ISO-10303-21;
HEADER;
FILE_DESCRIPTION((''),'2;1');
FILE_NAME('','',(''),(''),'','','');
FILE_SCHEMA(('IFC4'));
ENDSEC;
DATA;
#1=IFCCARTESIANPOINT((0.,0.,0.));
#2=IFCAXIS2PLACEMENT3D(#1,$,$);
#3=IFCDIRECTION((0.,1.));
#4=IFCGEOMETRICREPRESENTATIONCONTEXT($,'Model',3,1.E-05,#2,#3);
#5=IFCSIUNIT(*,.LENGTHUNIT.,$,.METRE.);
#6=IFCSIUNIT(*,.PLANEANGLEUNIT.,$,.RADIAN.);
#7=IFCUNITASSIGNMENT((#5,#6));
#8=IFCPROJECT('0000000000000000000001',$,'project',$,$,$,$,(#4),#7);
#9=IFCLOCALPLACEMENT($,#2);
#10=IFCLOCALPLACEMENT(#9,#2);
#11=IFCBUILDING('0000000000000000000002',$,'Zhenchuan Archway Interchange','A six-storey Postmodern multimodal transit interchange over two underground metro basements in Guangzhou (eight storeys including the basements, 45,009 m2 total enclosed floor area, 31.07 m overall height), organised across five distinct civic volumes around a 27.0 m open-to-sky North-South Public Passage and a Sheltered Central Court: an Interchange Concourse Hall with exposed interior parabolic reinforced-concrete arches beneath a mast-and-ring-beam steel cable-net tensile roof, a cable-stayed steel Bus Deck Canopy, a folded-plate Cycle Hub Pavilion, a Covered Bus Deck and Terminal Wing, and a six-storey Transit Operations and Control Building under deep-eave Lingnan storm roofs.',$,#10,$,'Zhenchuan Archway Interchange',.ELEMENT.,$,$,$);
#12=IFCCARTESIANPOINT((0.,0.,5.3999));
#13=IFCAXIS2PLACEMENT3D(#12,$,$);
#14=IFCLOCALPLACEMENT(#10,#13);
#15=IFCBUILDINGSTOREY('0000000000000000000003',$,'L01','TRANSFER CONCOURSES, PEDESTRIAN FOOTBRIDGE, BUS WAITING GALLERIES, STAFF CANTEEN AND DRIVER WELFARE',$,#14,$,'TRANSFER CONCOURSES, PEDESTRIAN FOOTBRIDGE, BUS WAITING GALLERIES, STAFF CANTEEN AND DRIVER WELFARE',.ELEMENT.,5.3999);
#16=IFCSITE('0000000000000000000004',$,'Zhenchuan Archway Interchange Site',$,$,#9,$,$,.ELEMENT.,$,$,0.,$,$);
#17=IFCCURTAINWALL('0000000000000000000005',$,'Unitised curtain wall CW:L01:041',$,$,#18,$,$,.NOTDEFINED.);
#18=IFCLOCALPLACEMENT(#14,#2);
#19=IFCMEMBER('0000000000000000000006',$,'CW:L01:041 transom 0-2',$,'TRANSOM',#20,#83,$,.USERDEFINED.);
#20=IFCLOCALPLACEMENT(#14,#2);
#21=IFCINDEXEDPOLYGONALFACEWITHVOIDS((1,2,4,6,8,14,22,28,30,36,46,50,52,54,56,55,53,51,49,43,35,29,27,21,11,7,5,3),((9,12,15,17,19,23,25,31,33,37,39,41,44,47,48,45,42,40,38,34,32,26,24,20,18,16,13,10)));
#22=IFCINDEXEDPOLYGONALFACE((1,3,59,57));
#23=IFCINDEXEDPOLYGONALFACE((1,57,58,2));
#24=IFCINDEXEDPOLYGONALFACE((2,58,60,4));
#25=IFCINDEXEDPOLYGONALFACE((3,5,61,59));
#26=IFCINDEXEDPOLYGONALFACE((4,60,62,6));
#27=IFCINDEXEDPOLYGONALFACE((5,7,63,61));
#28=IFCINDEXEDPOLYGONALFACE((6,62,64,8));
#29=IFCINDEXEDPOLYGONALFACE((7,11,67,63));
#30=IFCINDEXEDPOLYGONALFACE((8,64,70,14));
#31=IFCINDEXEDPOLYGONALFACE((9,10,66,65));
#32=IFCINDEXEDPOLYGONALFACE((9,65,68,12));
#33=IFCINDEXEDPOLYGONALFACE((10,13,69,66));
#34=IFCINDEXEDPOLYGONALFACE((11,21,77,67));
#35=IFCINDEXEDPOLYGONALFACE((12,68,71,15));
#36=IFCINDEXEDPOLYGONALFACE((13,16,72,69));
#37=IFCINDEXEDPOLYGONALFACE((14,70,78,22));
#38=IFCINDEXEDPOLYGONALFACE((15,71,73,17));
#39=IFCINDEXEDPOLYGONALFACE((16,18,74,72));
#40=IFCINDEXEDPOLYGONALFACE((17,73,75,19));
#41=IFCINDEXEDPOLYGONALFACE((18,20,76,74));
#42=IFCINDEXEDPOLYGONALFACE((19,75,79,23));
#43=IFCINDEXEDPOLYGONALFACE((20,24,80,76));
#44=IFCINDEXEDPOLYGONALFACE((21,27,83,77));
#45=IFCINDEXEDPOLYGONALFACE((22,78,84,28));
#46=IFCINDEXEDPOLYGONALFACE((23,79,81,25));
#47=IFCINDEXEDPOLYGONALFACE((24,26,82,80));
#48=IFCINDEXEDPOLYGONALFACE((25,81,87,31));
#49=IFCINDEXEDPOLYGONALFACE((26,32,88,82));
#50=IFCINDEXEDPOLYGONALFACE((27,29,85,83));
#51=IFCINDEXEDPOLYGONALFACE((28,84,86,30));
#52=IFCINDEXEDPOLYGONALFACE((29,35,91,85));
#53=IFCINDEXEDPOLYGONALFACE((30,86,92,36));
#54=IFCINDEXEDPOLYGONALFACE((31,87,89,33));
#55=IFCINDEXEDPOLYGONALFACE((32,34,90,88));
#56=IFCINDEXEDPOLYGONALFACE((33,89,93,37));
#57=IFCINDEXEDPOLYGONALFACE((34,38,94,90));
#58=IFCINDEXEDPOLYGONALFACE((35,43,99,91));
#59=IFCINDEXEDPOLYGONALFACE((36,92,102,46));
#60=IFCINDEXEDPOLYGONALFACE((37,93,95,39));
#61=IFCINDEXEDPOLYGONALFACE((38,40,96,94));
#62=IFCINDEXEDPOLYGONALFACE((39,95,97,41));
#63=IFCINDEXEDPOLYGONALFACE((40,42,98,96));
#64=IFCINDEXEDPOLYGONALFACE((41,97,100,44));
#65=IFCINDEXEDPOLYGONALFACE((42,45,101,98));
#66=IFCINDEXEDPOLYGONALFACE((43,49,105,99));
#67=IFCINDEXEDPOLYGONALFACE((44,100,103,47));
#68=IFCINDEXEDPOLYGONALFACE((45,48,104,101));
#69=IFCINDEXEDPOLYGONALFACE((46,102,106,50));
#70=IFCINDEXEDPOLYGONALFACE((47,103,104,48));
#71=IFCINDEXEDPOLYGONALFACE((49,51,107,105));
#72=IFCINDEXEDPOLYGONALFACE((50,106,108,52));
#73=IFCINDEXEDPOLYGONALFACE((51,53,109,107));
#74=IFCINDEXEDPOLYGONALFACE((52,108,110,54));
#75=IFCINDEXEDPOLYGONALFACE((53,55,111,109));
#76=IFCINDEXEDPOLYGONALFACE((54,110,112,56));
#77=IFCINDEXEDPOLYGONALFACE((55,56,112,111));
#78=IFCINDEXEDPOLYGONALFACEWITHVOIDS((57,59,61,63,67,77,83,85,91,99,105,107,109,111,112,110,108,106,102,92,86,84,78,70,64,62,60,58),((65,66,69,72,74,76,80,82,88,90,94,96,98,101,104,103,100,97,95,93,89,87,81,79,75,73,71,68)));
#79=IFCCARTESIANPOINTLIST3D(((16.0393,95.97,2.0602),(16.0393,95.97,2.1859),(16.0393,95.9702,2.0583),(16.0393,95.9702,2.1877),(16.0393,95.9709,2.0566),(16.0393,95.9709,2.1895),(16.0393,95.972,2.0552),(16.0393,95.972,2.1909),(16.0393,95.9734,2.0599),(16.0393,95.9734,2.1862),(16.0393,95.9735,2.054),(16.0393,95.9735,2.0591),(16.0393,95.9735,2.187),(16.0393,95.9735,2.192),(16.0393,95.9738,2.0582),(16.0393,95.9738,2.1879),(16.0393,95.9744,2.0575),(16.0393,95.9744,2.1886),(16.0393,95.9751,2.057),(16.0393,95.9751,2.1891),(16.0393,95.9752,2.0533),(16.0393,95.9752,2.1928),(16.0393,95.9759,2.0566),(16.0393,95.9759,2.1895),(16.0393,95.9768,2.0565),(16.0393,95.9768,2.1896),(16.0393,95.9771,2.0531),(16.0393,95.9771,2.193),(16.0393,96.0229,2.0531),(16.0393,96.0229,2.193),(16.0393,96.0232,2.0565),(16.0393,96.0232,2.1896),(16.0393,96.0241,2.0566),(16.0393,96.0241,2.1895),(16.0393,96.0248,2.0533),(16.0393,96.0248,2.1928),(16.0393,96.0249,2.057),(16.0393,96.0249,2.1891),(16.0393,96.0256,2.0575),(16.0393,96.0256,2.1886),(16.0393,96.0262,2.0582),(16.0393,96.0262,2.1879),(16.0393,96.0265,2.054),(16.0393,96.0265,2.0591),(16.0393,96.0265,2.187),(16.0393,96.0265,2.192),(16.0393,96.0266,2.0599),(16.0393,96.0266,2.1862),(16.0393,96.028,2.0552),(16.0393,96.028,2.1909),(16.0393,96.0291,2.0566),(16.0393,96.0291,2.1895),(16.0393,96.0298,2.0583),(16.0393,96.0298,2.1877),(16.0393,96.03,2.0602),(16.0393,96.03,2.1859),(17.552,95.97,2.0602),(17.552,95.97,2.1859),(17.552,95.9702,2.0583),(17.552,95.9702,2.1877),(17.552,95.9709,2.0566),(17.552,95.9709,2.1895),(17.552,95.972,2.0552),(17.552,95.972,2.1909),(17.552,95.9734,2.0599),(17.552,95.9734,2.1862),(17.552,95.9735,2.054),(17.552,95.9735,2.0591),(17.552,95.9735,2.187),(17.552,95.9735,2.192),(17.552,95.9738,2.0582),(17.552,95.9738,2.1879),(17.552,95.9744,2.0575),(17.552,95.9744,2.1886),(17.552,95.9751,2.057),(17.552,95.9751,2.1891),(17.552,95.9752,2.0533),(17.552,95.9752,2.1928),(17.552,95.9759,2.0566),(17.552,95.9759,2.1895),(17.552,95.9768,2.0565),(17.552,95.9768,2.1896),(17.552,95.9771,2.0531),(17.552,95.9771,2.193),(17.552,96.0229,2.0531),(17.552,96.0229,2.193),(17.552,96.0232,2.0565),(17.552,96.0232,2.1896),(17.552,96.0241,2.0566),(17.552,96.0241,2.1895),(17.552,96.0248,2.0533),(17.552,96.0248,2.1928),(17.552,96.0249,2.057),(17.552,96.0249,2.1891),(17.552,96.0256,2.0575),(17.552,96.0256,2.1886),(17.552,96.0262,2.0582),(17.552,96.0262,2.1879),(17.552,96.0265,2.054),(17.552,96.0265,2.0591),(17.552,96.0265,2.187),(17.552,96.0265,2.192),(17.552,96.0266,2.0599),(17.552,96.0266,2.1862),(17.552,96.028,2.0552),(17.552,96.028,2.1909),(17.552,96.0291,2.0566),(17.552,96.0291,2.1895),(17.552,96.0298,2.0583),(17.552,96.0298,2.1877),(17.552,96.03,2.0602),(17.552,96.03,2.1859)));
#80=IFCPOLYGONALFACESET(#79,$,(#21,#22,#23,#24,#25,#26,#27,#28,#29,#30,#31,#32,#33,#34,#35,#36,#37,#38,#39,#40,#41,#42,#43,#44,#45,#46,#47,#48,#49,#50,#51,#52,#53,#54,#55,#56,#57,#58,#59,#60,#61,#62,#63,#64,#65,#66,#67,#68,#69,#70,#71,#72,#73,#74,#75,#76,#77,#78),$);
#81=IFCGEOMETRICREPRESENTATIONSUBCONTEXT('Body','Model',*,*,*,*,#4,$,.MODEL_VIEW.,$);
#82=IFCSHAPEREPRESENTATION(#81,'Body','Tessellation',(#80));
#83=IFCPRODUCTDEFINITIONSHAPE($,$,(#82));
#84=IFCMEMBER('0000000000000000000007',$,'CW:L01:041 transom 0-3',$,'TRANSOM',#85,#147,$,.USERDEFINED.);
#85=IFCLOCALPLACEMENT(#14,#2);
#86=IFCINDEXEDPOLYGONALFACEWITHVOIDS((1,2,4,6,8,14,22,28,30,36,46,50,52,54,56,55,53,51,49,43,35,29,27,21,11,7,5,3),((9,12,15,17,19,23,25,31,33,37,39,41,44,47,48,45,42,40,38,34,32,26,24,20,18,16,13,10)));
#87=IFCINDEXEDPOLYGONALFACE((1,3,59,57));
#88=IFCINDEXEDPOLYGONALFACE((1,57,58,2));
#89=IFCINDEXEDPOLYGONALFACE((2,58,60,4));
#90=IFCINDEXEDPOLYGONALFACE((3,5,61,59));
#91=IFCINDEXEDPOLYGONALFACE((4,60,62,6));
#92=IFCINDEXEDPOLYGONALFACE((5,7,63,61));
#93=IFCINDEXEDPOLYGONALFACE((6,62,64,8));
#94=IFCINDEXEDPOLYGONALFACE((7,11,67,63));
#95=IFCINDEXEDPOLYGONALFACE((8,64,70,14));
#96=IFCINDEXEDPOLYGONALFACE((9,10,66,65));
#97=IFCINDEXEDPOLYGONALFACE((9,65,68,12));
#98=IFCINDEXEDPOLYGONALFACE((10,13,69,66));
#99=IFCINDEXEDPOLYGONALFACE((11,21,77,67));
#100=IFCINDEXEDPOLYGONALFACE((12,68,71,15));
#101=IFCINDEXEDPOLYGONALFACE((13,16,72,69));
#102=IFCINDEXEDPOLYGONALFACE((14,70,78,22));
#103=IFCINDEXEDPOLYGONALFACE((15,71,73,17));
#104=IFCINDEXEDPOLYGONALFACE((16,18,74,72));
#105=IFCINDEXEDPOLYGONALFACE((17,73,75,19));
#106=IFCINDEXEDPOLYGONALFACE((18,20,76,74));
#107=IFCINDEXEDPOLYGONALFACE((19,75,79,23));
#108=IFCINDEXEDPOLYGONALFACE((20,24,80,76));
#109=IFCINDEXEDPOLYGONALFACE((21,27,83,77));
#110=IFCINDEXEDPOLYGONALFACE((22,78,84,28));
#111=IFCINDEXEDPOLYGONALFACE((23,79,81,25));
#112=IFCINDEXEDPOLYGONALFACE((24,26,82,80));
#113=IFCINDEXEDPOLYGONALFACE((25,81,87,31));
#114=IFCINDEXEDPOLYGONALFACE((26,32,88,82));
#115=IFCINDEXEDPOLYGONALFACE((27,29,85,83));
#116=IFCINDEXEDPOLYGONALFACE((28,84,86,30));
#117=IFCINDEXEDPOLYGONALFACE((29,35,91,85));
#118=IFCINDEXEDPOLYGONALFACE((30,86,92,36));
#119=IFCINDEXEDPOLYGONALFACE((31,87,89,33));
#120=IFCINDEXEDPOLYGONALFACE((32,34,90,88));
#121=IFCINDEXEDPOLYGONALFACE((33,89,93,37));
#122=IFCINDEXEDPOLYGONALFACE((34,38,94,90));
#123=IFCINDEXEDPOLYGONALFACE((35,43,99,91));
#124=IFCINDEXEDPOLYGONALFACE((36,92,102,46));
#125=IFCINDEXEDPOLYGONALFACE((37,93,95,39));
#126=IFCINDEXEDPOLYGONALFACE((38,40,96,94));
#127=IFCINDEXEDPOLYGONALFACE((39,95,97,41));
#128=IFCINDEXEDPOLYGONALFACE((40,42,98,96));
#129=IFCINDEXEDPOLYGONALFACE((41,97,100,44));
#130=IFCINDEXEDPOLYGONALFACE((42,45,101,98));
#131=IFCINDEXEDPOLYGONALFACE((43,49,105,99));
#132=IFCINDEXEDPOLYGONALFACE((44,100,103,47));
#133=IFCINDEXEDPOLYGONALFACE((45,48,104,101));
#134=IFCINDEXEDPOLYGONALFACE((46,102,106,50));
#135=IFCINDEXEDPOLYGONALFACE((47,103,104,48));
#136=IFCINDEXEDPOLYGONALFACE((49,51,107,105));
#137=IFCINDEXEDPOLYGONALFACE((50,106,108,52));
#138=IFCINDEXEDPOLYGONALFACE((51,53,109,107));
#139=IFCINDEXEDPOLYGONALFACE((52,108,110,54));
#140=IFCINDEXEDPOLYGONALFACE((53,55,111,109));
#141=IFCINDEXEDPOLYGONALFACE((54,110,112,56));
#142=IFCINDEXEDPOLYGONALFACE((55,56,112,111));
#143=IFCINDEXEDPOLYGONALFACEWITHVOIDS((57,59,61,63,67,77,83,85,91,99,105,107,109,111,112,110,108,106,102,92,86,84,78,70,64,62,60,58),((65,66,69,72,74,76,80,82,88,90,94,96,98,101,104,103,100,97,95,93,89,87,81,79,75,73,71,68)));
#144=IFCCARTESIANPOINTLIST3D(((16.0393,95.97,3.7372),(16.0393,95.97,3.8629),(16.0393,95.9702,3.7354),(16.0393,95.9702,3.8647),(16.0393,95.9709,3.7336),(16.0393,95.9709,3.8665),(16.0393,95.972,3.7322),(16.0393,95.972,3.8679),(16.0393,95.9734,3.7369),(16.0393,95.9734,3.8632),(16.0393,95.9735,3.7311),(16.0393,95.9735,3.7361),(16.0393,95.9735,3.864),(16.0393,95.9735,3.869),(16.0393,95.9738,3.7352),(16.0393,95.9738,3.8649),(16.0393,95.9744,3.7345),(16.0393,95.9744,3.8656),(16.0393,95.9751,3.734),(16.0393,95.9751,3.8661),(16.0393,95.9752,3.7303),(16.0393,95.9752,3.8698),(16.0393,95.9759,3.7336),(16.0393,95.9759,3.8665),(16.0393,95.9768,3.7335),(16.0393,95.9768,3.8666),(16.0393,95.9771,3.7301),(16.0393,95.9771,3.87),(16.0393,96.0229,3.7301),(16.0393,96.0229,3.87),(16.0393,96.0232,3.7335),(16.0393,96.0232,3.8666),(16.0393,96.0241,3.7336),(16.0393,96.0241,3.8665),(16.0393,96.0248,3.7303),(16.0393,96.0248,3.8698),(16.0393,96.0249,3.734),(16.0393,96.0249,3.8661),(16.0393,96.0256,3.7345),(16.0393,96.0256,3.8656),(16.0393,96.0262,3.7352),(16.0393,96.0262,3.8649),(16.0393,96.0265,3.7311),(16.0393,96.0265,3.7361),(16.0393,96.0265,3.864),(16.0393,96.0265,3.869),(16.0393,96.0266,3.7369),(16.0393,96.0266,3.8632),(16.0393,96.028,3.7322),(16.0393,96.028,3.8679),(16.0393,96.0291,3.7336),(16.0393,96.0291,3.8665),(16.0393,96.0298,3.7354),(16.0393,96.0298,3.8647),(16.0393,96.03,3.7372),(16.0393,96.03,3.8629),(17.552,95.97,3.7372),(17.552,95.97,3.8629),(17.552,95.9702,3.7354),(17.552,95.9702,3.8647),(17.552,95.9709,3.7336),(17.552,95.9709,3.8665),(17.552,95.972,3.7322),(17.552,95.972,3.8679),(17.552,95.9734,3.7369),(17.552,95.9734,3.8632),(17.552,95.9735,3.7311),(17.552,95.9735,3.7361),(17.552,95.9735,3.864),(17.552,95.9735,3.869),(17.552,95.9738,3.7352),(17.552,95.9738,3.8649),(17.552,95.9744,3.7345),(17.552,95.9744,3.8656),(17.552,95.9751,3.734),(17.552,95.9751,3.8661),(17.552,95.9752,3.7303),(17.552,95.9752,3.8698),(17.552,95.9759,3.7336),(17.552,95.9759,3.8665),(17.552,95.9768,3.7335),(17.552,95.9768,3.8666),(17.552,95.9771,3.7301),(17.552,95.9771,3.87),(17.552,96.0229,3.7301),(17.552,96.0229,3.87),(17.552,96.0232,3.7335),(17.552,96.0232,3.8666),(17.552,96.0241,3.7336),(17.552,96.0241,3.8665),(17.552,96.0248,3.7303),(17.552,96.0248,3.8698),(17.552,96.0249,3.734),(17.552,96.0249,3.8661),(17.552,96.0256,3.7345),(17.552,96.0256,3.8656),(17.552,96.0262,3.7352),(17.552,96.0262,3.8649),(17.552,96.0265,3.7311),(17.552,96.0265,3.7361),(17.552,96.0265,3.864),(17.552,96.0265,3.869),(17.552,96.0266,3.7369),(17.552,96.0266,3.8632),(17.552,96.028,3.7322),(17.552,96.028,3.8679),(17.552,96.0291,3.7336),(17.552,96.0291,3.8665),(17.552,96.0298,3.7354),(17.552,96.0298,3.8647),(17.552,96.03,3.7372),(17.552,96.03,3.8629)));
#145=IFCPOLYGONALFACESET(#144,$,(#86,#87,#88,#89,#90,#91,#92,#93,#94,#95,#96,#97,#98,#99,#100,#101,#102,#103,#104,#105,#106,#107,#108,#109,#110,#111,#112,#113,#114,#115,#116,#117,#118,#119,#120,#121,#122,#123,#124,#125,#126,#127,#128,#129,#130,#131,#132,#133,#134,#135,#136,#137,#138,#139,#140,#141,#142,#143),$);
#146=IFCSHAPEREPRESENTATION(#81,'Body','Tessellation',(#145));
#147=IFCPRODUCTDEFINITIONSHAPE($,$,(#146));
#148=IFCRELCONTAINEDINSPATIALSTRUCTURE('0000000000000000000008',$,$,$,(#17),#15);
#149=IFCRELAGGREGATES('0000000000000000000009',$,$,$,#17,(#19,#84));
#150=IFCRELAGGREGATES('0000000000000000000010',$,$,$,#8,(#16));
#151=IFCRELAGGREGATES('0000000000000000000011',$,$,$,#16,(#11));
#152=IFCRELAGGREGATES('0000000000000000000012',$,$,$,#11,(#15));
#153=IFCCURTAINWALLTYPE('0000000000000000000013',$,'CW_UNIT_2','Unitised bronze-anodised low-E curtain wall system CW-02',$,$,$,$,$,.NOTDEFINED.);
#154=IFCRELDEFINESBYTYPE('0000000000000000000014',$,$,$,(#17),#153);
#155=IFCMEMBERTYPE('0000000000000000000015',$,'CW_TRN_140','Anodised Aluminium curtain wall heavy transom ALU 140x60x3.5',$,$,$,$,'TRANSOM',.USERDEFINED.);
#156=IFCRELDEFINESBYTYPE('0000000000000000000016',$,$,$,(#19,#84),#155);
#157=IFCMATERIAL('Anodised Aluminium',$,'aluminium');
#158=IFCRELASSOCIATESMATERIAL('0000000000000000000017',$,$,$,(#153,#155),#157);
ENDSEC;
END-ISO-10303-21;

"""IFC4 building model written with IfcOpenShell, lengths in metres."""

from ifc_helpers import new_model, si_unit, direction, frame, origin, origin_2d, place, context, subcontext, project, spatial, hollow_rectangle, extrude, material, material_profile, profile_set, type_object, element, aggregate, save


model = new_model("IFC4")

# Units and contexts
model_context = context("Model", 3, precision=1e-05, world=origin(), true_north=direction((0.0, 1.0)))
body_context = subcontext(model_context, "Body", "Model", "MODEL_VIEW")
ifc_project = project(units=[si_unit("LENGTHUNIT", "METRE"), si_unit("PLANEANGLEUNIT", "RADIAN")], contexts=[model_context])

# Site, building, storey
site_placement = place(None, origin())
site = spatial("IfcSite", under=ifc_project, at=site_placement, Name="Zhenchuan Archway Interchange Site", CompositionType="ELEMENT", RefElevation=0.0)
building_placement = place(site_placement, origin())
building = spatial("IfcBuilding", under=site, at=building_placement, Name="Zhenchuan Archway Interchange", Description="A six-storey Postmodern multimodal transit interchange over two underground metro basements in Guangzhou (eight storeys including the basements, 45,009 m2 total enclosed floor area, 31.07 m overall height), organised across five distinct civic volumes around a 27.0 m open-to-sky North-South Public Passage and a Sheltered Central Court: an Interchange Concourse Hall with exposed interior parabolic reinforced-concrete arches beneath a mast-and-ring-beam steel cable-net tensile roof, a cable-stayed steel Bus Deck Canopy, a folded-plate Cycle Hub Pavilion, a Covered Bus Deck and Terminal Wing, and a six-storey Transit Operations and Control Building under deep-eave Lingnan storm roofs.", LongName="Zhenchuan Archway Interchange", CompositionType="ELEMENT")
storey_placement = place(building_placement, frame((0.0, 0.0, 5.3999)))
storey = spatial("IfcBuildingStorey", under=building, at=storey_placement, Name="L01", Description="TRANSFER CONCOURSES, PEDESTRIAN FOOTBRIDGE, BUS WAITING GALLERIES, STAFF CANTEEN AND DRIVER WELFARE", LongName="TRANSFER CONCOURSES, PEDESTRIAN FOOTBRIDGE, BUS WAITING GALLERIES, STAFF CANTEEN AND DRIVER WELFARE", CompositionType="ELEMENT", Elevation=5.3999)

# Curtain wall, members
ifc_material_1 = material(Name="Anodised Aluminium", Category="aluminium")
curtain_wall_type = type_object("IfcCurtainWallType", Name="CW_UNIT_2", Description="Unitised bronze-anodised low-E curtain wall system CW-02", PredefinedType="NOTDEFINED", material=ifc_material_1)
curtain_wall_placement = place(storey_placement, origin())
curtain_wall = element("IfcCurtainWall", 1, at=curtain_wall_placement, inside=storey, type_object=curtain_wall_type, Name="Unitised curtain wall CW:L01:041", PredefinedType="NOTDEFINED")
ifc_material_profile_1 = material_profile(ifc_material_1, hollow_rectangle(XDim=0.0601, YDim=0.1399, WallThickness=0.0034, InnerFilletRadius=0.0034, OuterFilletRadius=0.0071, at=origin_2d()), Name="ALU 140x60x3.5")
ifc_profile_set_1 = profile_set([ifc_material_profile_1], Name="Anodised Aluminium")
member_type_1 = type_object("IfcMemberType", Name="CW_TRN_140", Description="Anodised Aluminium curtain wall heavy transom ALU 140x60x3.5", ElementType="TRANSOM", PredefinedType="USERDEFINED", material=ifc_profile_set_1)
member_1_placement = place(storey_placement, frame((17.552, 96.0, 2.123), z_axis=(-1.0, 0.0, 0.0), x_axis=(0.0, -1.0, 0.0)))
member_1 = element("IfcMember", 2, at=member_1_placement, type_object=member_type_1, Name="CW:L01:041 transom 0-2", ObjectType="TRANSOM", PredefinedType="USERDEFINED", context=body_context, shape_type="SweptSolid", body=[
    extrude(hollow_rectangle(XDim=0.0601, YDim=0.1399, WallThickness=0.0034, InnerFilletRadius=0.0034, OuterFilletRadius=0.0071, at=origin_2d()), origin(), (0.0, 0.0, 1.0), 1.5127),
])
member_2_placement = place(storey_placement, frame((17.552, 96.0, 3.8), z_axis=(-1.0, 0.0, 0.0), x_axis=(0.0, -1.0, 0.0)))
member_2 = element("IfcMember", 3, at=member_2_placement, type_object=member_type_1, Name="CW:L01:041 transom 0-3", ObjectType="TRANSOM", PredefinedType="USERDEFINED", context=body_context, shape_type="SweptSolid", body=[
    extrude(hollow_rectangle(XDim=0.0601, YDim=0.1399, WallThickness=0.0034, InnerFilletRadius=0.0034, OuterFilletRadius=0.0071, at=origin_2d()), origin(), (0.0, 0.0, 1.0), 1.5127),
])

aggregate(curtain_wall, [member_1, member_2])

save(model, "model.ifc")
